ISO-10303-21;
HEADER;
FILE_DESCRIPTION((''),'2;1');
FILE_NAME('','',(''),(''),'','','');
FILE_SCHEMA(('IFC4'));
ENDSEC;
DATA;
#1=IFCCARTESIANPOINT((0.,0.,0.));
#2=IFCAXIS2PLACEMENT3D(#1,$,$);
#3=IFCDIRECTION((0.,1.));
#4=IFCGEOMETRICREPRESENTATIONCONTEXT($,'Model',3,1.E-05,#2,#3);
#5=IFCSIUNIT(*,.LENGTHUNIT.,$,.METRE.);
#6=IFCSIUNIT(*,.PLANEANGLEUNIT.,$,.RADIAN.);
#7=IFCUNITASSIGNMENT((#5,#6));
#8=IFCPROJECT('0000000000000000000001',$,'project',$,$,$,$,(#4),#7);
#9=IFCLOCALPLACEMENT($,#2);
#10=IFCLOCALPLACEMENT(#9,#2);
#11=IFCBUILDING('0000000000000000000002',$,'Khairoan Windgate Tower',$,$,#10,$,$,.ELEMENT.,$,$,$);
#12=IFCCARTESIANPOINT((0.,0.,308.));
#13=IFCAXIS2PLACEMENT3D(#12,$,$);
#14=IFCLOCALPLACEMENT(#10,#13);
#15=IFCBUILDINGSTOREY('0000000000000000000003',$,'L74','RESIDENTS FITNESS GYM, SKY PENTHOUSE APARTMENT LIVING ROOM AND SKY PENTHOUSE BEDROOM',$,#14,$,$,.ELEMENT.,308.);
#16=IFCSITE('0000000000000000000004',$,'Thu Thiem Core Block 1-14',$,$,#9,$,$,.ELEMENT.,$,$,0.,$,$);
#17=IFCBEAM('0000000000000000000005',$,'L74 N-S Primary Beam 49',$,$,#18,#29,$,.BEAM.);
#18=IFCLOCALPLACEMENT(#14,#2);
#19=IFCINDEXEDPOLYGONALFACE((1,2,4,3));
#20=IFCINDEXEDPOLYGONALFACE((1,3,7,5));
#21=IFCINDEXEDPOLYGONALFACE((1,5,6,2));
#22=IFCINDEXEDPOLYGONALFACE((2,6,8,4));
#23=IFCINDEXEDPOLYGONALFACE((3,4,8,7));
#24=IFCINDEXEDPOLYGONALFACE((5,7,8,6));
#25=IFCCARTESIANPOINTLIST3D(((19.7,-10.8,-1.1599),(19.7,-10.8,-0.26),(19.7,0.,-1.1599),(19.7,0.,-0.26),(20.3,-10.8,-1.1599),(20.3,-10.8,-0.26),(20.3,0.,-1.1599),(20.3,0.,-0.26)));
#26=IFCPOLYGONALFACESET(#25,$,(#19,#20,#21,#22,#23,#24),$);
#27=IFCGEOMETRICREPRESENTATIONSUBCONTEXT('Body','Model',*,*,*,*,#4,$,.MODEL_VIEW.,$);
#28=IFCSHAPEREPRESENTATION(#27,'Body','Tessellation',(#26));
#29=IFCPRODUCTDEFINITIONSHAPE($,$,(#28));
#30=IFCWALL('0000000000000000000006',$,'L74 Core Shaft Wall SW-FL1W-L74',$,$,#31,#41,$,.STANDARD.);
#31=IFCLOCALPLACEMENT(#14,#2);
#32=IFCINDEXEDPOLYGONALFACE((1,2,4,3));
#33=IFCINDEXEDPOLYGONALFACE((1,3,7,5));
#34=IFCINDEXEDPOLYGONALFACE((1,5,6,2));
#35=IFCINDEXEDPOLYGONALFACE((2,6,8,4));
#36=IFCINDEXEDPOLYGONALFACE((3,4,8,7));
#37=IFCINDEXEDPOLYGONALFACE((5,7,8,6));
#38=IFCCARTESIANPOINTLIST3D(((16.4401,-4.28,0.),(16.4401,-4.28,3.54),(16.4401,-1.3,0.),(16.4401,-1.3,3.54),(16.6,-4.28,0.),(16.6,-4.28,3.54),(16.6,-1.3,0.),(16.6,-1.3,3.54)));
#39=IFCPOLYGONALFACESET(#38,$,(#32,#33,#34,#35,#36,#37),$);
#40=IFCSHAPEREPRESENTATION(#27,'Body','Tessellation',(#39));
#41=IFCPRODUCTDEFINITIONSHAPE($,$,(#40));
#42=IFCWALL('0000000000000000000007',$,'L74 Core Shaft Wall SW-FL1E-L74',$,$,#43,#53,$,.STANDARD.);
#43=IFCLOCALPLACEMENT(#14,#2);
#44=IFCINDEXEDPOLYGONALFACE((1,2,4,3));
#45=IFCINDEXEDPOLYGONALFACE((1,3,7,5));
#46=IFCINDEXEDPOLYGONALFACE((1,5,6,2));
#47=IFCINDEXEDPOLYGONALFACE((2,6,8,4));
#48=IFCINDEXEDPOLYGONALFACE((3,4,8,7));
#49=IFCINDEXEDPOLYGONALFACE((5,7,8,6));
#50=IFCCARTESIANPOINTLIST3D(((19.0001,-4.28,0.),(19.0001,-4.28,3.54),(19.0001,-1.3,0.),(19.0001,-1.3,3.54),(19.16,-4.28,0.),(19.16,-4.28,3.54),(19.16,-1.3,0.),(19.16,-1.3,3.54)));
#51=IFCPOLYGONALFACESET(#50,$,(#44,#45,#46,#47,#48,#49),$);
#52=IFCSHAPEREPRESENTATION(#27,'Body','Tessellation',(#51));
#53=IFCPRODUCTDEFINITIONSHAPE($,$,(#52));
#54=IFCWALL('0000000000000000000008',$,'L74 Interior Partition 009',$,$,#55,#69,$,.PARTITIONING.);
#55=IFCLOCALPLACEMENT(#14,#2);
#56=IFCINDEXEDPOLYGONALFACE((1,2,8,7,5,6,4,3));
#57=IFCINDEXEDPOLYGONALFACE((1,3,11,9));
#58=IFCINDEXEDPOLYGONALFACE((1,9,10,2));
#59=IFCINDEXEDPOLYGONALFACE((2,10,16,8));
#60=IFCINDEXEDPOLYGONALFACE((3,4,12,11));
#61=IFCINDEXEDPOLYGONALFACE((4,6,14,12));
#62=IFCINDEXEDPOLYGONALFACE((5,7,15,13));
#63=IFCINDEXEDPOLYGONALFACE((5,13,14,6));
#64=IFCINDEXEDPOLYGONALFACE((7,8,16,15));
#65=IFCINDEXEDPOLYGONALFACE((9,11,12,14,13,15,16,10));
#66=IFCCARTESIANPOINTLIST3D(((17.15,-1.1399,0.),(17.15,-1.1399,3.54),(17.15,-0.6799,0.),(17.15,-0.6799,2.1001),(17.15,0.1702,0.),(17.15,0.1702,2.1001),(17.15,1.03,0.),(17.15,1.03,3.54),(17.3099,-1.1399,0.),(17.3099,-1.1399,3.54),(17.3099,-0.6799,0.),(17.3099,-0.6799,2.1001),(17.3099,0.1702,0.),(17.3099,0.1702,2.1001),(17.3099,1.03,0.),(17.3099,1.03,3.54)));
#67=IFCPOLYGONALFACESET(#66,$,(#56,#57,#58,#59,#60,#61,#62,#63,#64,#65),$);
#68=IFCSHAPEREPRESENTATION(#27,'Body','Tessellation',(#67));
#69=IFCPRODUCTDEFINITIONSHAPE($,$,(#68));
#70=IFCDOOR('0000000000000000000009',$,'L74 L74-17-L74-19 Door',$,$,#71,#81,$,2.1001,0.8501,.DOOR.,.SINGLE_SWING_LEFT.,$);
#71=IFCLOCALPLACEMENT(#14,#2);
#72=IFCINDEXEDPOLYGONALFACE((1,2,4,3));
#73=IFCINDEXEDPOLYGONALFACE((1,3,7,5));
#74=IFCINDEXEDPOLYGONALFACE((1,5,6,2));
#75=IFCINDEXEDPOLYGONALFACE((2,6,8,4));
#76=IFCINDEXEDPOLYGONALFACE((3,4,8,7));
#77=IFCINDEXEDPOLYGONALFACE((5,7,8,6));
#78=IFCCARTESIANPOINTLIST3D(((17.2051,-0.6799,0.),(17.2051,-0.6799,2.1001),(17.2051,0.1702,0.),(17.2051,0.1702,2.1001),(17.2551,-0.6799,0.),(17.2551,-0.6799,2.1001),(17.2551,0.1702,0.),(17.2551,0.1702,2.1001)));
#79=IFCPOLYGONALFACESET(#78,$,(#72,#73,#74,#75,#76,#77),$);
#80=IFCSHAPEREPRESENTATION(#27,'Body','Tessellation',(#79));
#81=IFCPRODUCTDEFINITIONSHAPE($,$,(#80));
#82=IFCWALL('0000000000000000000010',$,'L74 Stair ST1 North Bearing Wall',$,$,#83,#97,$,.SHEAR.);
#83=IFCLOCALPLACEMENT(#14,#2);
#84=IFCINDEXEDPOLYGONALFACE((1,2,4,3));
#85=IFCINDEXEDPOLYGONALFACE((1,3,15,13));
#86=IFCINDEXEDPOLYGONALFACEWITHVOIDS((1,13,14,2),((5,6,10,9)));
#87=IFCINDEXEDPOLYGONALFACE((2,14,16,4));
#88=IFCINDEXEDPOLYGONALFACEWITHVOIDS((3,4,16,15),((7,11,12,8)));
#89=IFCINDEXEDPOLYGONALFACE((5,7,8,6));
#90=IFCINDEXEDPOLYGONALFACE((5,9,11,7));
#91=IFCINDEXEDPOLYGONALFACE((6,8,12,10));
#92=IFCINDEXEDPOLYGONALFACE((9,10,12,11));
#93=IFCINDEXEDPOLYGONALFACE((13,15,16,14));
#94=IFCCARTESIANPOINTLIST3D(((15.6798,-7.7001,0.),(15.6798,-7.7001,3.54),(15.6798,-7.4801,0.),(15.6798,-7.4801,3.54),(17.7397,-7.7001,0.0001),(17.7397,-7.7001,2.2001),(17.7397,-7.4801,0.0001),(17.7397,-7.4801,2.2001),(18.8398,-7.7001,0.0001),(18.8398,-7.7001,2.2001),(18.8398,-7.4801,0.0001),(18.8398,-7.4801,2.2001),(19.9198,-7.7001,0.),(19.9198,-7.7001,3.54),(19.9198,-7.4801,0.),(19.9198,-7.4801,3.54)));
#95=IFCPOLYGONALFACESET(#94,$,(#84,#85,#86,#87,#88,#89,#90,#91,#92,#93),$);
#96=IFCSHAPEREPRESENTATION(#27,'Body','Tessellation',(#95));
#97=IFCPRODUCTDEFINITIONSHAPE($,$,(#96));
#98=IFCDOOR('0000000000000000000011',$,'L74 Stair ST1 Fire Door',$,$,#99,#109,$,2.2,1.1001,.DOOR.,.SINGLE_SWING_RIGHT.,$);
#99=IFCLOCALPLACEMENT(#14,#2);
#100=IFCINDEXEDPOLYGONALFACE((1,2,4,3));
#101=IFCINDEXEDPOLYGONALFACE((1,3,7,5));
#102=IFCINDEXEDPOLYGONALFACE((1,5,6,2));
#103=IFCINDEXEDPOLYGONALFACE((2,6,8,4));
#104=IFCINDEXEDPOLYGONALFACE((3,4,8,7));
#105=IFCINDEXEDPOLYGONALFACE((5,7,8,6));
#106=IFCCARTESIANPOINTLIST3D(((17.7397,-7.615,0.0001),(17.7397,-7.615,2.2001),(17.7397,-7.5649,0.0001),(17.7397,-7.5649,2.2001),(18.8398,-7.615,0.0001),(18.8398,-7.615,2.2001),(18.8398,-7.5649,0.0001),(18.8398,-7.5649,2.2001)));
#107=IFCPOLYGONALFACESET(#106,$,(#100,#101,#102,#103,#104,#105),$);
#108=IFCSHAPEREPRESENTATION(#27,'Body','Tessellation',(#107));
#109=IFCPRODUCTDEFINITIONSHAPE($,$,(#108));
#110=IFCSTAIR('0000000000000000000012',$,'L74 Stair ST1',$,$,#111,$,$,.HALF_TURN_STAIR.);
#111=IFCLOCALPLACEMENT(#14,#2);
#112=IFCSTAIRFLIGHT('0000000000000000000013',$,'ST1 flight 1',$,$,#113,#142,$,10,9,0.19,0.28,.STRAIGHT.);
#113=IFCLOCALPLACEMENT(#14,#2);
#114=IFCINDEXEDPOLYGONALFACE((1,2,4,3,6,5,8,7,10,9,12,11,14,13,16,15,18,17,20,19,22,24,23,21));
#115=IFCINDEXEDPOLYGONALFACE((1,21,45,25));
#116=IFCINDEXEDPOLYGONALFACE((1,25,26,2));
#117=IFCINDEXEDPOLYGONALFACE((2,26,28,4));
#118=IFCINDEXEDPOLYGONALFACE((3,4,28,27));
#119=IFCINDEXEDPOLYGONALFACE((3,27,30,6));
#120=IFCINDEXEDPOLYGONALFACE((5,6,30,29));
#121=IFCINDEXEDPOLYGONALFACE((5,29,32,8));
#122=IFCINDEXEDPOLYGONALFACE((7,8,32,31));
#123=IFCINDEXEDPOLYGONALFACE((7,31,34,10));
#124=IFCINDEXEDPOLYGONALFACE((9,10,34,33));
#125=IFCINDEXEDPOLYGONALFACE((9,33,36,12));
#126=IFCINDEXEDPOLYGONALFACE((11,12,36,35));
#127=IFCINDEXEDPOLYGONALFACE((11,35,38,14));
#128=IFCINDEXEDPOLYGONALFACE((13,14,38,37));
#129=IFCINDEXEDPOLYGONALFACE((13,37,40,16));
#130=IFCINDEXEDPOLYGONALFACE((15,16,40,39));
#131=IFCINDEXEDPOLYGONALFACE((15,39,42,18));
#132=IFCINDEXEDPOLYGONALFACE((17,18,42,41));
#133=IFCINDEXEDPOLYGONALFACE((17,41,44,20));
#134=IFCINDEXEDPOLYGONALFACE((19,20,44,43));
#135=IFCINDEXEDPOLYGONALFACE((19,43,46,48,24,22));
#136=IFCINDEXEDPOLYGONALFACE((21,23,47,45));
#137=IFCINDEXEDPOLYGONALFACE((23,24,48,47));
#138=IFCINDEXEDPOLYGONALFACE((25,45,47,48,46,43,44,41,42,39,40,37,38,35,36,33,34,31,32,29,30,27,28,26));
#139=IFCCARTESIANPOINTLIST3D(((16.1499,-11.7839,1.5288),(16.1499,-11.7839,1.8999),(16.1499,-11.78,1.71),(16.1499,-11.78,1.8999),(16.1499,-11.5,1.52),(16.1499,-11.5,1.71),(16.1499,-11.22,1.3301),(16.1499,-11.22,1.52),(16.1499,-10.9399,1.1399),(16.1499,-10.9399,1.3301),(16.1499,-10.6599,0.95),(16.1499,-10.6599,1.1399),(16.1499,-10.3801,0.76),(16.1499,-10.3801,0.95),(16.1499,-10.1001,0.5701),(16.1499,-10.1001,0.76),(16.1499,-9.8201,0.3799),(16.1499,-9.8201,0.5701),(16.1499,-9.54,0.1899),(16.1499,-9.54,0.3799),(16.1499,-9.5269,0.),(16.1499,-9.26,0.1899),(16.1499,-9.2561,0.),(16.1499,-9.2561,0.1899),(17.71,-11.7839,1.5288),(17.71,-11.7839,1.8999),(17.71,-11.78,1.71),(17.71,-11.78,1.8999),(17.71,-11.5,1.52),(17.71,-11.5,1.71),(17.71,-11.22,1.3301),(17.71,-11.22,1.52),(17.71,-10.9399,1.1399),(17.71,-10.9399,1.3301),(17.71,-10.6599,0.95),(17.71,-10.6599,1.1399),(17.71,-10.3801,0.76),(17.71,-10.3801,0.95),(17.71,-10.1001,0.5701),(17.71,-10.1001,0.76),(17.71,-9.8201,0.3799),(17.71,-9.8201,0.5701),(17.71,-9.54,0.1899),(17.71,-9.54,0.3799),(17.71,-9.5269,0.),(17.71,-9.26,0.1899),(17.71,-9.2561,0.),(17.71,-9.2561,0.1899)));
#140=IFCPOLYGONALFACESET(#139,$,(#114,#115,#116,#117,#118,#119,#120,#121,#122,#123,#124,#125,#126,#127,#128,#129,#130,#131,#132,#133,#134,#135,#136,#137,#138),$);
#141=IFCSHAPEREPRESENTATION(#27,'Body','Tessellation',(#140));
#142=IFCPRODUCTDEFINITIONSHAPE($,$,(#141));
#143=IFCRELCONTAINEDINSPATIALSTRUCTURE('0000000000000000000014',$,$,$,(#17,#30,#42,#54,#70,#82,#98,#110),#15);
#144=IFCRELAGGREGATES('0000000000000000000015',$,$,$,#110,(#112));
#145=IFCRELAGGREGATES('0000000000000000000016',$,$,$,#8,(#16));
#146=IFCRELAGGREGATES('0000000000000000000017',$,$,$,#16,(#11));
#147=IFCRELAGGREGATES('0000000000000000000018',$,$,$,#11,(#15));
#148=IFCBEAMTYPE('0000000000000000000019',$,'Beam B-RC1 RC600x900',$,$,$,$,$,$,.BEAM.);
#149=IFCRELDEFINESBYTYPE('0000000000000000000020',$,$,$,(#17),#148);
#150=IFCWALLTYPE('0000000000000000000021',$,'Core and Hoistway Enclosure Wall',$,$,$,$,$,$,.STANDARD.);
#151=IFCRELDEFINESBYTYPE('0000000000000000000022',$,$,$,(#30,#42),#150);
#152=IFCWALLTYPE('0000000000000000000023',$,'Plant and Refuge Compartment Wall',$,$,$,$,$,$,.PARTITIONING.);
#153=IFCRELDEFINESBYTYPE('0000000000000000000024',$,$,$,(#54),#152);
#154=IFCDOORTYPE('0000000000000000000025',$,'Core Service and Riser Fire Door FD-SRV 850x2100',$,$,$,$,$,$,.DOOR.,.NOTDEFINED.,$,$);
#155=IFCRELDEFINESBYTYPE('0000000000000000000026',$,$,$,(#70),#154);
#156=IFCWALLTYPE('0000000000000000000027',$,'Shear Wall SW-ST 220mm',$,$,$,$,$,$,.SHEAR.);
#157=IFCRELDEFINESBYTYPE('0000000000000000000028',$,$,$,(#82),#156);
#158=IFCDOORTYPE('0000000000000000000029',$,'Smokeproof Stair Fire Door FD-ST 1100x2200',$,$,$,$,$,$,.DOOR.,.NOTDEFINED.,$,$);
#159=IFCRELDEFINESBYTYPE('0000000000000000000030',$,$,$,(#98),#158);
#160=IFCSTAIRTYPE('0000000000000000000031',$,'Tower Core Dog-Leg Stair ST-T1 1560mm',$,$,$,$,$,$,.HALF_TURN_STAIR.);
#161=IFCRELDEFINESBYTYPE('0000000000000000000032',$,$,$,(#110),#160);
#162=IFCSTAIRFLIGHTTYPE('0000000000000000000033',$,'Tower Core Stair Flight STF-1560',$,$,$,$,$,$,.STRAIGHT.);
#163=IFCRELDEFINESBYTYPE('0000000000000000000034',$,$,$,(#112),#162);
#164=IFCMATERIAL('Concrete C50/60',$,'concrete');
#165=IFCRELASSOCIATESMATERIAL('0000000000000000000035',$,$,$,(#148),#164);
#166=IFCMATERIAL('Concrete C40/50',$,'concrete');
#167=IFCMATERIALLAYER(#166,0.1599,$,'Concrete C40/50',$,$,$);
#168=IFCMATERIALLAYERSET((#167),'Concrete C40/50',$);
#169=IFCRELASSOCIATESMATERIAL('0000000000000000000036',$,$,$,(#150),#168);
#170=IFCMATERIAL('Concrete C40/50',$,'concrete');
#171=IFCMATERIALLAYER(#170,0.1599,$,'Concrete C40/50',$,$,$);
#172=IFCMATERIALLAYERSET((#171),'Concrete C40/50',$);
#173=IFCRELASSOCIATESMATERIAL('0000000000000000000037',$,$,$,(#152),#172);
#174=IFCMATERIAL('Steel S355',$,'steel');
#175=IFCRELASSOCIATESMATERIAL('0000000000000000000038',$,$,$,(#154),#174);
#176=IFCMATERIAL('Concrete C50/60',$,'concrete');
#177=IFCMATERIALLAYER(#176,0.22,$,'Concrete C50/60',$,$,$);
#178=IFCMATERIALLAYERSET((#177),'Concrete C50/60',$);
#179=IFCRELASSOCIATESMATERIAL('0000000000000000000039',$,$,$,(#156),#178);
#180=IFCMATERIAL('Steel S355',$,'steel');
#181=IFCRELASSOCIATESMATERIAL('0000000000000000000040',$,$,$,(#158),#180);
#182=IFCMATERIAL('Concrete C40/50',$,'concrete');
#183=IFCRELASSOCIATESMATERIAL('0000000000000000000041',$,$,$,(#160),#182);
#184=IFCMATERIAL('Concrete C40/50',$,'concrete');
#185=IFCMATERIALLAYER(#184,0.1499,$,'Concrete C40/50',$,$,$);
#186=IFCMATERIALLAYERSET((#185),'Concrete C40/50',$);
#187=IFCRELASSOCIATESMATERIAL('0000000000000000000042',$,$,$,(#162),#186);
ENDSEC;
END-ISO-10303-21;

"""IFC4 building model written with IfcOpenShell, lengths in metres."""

from ifc_helpers import new_model, si_unit, direction, frame, frame_2d, origin, origin_2d, place, context, subcontext, project, spatial, polyline, rectangle, outline, extrude, material, layer, layer_set, material_profile, profile_set, type_object, element, fill, aggregate, save


model = new_model("IFC4")

# Units and contexts
model_context = context("Model", 3, precision=1e-05, world=origin(), true_north=direction((0.0, 1.0)))
body_context = subcontext(model_context, "Body", "Model", "MODEL_VIEW")
ifc_project = project(units=[si_unit("LENGTHUNIT", "METRE"), si_unit("PLANEANGLEUNIT", "RADIAN")], contexts=[model_context])

# Site, building, storey
site_placement = place(None, origin())
site = spatial("IfcSite", under=ifc_project, at=site_placement, Name="Thu Thiem Core Block 1-14", CompositionType="ELEMENT", RefElevation=0.0)
building_placement = place(site_placement, origin())
building = spatial("IfcBuilding", under=site, at=building_placement, Name="Khairoan Windgate Tower", CompositionType="ELEMENT")
storey_placement = place(building_placement, frame((0.0, 0.0, 308.0)))
storey = spatial("IfcBuildingStorey", under=building, at=storey_placement, Name="L74", Description="RESIDENTS FITNESS GYM, SKY PENTHOUSE APARTMENT LIVING ROOM AND SKY PENTHOUSE BEDROOM", CompositionType="ELEMENT", Elevation=308.0)

# Beam
ifc_material_1 = material(Name="Concrete C50/60", Category="concrete")
ifc_material_profile = material_profile(ifc_material_1, rectangle(XDim=0.6001, YDim=0.8999, at=origin_2d()))
ifc_profile_set = profile_set([ifc_material_profile], Name="Concrete C50/60")
beam_type = type_object("IfcBeamType", Name="Beam B-RC1 RC600x900", PredefinedType="BEAM", material=ifc_profile_set)
beam_placement = place(storey_placement, frame((20.0, -10.8, -0.71), z_axis=(0.0, 1.0, 0.0), x_axis=(-1.0, 0.0, 0.0)))
element("IfcBeam", 1, at=beam_placement, inside=storey, type_object=beam_type, Name="L74 N-S Primary Beam 49", PredefinedType="BEAM", context=body_context, shape_type="SweptSolid", body=[
    extrude(rectangle(XDim=0.6001, YDim=0.8999, at=origin_2d()), origin(), (0.0, 0.0, 1.0), 10.8),
])

# Walls
ifc_material_2 = material(Name="Concrete C40/50", Category="concrete")
ifc_layer_1 = layer(ifc_material_2, 0.1599, Name="Concrete C40/50")
ifc_layer_set_1 = layer_set([ifc_layer_1], Name="Concrete C40/50")
wall_type_1 = type_object("IfcWallType", Name="Core and Hoistway Enclosure Wall", PredefinedType="STANDARD", material=ifc_layer_set_1)
for number, where, z_axis, x_axis, name in (
    (2, (16.52, -4.28, 0.0), (0.0, 0.0, 1.0), (0.0, 1.0, 0.0), "L74 Core Shaft Wall SW-FL1W-L74"),
    (3, (19.0801, -4.28, 0.0), (0.0, 0.0, 1.0), (0.0, 1.0, 0.0), "L74 Core Shaft Wall SW-FL1E-L74"),
):
    element("IfcWall", number, at=place(storey_placement, frame(where, z_axis=z_axis, x_axis=x_axis)), inside=storey, type_object=wall_type_1, Name=name, PredefinedType="STANDARD", context=body_context, shape_type="SweptSolid", body=[
        extrude(rectangle(XDim=2.98, YDim=0.1599, at=frame_2d((1.49, 0.0))), origin(), (0.0, 0.0, 1.0), 3.54),
    ])

# Walls, openings, doors
ifc_material_3 = material(Name="Concrete C40/50", Category="concrete")
ifc_layer_2 = layer(ifc_material_3, 0.1599, Name="Concrete C40/50")
ifc_layer_set_2 = layer_set([ifc_layer_2], Name="Concrete C40/50")
wall_type_2 = type_object("IfcWallType", Name="Plant and Refuge Compartment Wall", PredefinedType="PARTITIONING", material=ifc_layer_set_2)
wall_1_placement = place(storey_placement, frame((17.23, -1.1399, 0.0), z_axis=(0.0, 0.0, 1.0), x_axis=(0.0, 1.0, 0.0)))
wall_1 = element("IfcWall", 4, at=wall_1_placement, inside=storey, type_object=wall_type_2, Name="L74 Interior Partition 009", PredefinedType="PARTITIONING", context=body_context, shape_type="SweptSolid", body=[
    extrude(rectangle(XDim=2.1699, YDim=0.1599, at=frame_2d((1.085, 0.0))), origin(), (0.0, 0.0, 1.0), 3.54),
])
opening_1_placement = place(wall_1_placement, frame((0.46, 0.0, 0.0)))
opening_1 = element("IfcOpeningElement", 5, at=opening_1_placement, cuts=wall_1, PredefinedType="OPENING", context=body_context, shape_type="SweptSolid", body=[
    extrude(rectangle(XDim=0.8501, YDim=2.1001, at=frame_2d((0.425, 1.05))), frame((0.0, 0.0898, 0.0), z_axis=(0.0, -1.0, 0.0), x_axis=(1.0, 0.0, 0.0)), (0.0, 0.0, 1.0), 0.1799),
])
ifc_material_4 = material(Name="Steel S355", Category="steel")
door_type_1 = type_object("IfcDoorType", Name="Core Service and Riser Fire Door FD-SRV 850x2100", OperationType="NOTDEFINED", PredefinedType="DOOR", material=ifc_material_4)
door_1_placement = place(opening_1_placement, origin())
door_1 = element("IfcDoor", 6, at=door_1_placement, inside=storey, type_object=door_type_1, Name="L74 L74-17-L74-19 Door", OperationType="SINGLE_SWING_LEFT", OverallHeight=2.1001, OverallWidth=0.8501, PredefinedType="DOOR", context=body_context, shape_type="SweptSolid", body=[
    extrude(rectangle(XDim=0.8501, YDim=2.1001, at=frame_2d((0.425, 1.05))), frame((0.0, 0.0249, 0.0), z_axis=(0.0, -1.0, 0.0), x_axis=(1.0, 0.0, 0.0)), (0.0, 0.0, 1.0), 0.05),
])
fill(opening_1, door_1)
ifc_material_5 = material(Name="Concrete C50/60", Category="concrete")
ifc_layer_3 = layer(ifc_material_5, 0.22, Name="Concrete C50/60")
ifc_layer_set_3 = layer_set([ifc_layer_3], Name="Concrete C50/60")
wall_type_3 = type_object("IfcWallType", Name="Shear Wall SW-ST 220mm", PredefinedType="SHEAR", material=ifc_layer_set_3)
wall_2_placement = place(storey_placement, frame((19.9199, -7.5901, 0.0), z_axis=(0.0, 0.0, 1.0), x_axis=(-1.0, 0.0, 0.0)))
wall_2 = element("IfcWall", 7, at=wall_2_placement, inside=storey, type_object=wall_type_3, Name="L74 Stair ST1 North Bearing Wall", PredefinedType="SHEAR", context=body_context, shape_type="SweptSolid", body=[
    extrude(rectangle(XDim=4.24, YDim=0.22, at=frame_2d((2.1201, 0.0))), origin(), (0.0, 0.0, 1.0), 3.54),
])
opening_2_placement = place(wall_2_placement, frame((1.0801, 0.0, 0.0)))
opening_2 = element("IfcOpeningElement", 8, at=opening_2_placement, cuts=wall_2, PredefinedType="OPENING", context=body_context, shape_type="SweptSolid", body=[
    extrude(rectangle(XDim=1.1001, YDim=2.2, at=frame_2d((0.55, 1.1001))), frame((0.0, 0.1199, 0.0), z_axis=(0.0, -1.0, 0.0), x_axis=(1.0, 0.0, 0.0)), (0.0, 0.0, 1.0), 0.24),
])
ifc_material_6 = material(Name="Steel S355", Category="steel")
door_type_2 = type_object("IfcDoorType", Name="Smokeproof Stair Fire Door FD-ST 1100x2200", OperationType="NOTDEFINED", PredefinedType="DOOR", material=ifc_material_6)
door_2_placement = place(opening_2_placement, origin())
door_2 = element("IfcDoor", 9, at=door_2_placement, inside=storey, type_object=door_type_2, Name="L74 Stair ST1 Fire Door", OperationType="SINGLE_SWING_RIGHT", OverallHeight=2.2, OverallWidth=1.1001, PredefinedType="DOOR", context=body_context, shape_type="SweptSolid", body=[
    extrude(rectangle(XDim=1.1001, YDim=2.2, at=frame_2d((0.55, 1.1001))), frame((0.0, 0.0249, 0.0), z_axis=(0.0, -1.0, 0.0), x_axis=(1.0, 0.0, 0.0)), (0.0, 0.0, 1.0), 0.05),
])
fill(opening_2, door_2)

# Stair, stair flight
ifc_material_7 = material(Name="Concrete C40/50", Category="concrete")
stair_type = type_object("IfcStairType", Name="Tower Core Dog-Leg Stair ST-T1 1560mm", PredefinedType="HALF_TURN_STAIR", material=ifc_material_7)
stair_placement = place(storey_placement, origin())
stair = element("IfcStair", 10, at=stair_placement, inside=storey, type_object=stair_type, Name="L74 Stair ST1", PredefinedType="HALF_TURN_STAIR")
ifc_material_8 = material(Name="Concrete C40/50", Category="concrete")
ifc_layer_4 = layer(ifc_material_8, 0.1499, Name="Concrete C40/50")
ifc_layer_set_4 = layer_set([ifc_layer_4], Name="Concrete C40/50")
stair_flight_type = type_object("IfcStairFlightType", Name="Tower Core Stair Flight STF-1560", PredefinedType="STRAIGHT", material=ifc_layer_set_4)
stair_flight_1_placement = place(storey_placement, frame((16.9299, -9.26, 0.0), z_axis=(0.0, 0.0, 1.0), x_axis=(0.0, -1.0, 0.0)))
stair_flight_1 = element("IfcStairFlight", 11, at=stair_flight_1_placement, type_object=stair_flight_type, Name="ST1 flight 1", NumberOfRisers=10, NumberOfTreads=9, PredefinedType="STRAIGHT", RiserHeight=0.19, TreadLength=0.28, context=body_context, shape_type="SweptSolid", body=[
    extrude(outline(polyline([(-0.0039, 0.0), (-0.0039, 0.1899), (0.0, 0.1899), (0.28, 0.1899), (0.28, 0.3799), (0.5601, 0.3799), (0.5601, 0.5701), (0.8401, 0.5701), (0.8401, 0.76), (1.1201, 0.76), (1.1201, 0.95), (1.3999, 0.95), (1.3999, 1.1399), (1.6799, 1.1399), (1.6799, 1.3301), (1.96, 1.3301), (1.96, 1.52), (2.24, 1.52), (2.24, 1.71), (2.52, 1.71), (2.52, 1.8999), (2.5239, 1.8999), (2.5239, 1.5288), (0.2668, 0.0), (-0.0039, 0.0)])), frame((0.0, 0.78, 0.0), z_axis=(0.0, -1.0, 0.0), x_axis=(1.0, 0.0, 0.0)), (0.0, 0.0, 1.0), 1.5601),
])
aggregate(stair, [stair_flight_1])

save(model, "model.ifc")
